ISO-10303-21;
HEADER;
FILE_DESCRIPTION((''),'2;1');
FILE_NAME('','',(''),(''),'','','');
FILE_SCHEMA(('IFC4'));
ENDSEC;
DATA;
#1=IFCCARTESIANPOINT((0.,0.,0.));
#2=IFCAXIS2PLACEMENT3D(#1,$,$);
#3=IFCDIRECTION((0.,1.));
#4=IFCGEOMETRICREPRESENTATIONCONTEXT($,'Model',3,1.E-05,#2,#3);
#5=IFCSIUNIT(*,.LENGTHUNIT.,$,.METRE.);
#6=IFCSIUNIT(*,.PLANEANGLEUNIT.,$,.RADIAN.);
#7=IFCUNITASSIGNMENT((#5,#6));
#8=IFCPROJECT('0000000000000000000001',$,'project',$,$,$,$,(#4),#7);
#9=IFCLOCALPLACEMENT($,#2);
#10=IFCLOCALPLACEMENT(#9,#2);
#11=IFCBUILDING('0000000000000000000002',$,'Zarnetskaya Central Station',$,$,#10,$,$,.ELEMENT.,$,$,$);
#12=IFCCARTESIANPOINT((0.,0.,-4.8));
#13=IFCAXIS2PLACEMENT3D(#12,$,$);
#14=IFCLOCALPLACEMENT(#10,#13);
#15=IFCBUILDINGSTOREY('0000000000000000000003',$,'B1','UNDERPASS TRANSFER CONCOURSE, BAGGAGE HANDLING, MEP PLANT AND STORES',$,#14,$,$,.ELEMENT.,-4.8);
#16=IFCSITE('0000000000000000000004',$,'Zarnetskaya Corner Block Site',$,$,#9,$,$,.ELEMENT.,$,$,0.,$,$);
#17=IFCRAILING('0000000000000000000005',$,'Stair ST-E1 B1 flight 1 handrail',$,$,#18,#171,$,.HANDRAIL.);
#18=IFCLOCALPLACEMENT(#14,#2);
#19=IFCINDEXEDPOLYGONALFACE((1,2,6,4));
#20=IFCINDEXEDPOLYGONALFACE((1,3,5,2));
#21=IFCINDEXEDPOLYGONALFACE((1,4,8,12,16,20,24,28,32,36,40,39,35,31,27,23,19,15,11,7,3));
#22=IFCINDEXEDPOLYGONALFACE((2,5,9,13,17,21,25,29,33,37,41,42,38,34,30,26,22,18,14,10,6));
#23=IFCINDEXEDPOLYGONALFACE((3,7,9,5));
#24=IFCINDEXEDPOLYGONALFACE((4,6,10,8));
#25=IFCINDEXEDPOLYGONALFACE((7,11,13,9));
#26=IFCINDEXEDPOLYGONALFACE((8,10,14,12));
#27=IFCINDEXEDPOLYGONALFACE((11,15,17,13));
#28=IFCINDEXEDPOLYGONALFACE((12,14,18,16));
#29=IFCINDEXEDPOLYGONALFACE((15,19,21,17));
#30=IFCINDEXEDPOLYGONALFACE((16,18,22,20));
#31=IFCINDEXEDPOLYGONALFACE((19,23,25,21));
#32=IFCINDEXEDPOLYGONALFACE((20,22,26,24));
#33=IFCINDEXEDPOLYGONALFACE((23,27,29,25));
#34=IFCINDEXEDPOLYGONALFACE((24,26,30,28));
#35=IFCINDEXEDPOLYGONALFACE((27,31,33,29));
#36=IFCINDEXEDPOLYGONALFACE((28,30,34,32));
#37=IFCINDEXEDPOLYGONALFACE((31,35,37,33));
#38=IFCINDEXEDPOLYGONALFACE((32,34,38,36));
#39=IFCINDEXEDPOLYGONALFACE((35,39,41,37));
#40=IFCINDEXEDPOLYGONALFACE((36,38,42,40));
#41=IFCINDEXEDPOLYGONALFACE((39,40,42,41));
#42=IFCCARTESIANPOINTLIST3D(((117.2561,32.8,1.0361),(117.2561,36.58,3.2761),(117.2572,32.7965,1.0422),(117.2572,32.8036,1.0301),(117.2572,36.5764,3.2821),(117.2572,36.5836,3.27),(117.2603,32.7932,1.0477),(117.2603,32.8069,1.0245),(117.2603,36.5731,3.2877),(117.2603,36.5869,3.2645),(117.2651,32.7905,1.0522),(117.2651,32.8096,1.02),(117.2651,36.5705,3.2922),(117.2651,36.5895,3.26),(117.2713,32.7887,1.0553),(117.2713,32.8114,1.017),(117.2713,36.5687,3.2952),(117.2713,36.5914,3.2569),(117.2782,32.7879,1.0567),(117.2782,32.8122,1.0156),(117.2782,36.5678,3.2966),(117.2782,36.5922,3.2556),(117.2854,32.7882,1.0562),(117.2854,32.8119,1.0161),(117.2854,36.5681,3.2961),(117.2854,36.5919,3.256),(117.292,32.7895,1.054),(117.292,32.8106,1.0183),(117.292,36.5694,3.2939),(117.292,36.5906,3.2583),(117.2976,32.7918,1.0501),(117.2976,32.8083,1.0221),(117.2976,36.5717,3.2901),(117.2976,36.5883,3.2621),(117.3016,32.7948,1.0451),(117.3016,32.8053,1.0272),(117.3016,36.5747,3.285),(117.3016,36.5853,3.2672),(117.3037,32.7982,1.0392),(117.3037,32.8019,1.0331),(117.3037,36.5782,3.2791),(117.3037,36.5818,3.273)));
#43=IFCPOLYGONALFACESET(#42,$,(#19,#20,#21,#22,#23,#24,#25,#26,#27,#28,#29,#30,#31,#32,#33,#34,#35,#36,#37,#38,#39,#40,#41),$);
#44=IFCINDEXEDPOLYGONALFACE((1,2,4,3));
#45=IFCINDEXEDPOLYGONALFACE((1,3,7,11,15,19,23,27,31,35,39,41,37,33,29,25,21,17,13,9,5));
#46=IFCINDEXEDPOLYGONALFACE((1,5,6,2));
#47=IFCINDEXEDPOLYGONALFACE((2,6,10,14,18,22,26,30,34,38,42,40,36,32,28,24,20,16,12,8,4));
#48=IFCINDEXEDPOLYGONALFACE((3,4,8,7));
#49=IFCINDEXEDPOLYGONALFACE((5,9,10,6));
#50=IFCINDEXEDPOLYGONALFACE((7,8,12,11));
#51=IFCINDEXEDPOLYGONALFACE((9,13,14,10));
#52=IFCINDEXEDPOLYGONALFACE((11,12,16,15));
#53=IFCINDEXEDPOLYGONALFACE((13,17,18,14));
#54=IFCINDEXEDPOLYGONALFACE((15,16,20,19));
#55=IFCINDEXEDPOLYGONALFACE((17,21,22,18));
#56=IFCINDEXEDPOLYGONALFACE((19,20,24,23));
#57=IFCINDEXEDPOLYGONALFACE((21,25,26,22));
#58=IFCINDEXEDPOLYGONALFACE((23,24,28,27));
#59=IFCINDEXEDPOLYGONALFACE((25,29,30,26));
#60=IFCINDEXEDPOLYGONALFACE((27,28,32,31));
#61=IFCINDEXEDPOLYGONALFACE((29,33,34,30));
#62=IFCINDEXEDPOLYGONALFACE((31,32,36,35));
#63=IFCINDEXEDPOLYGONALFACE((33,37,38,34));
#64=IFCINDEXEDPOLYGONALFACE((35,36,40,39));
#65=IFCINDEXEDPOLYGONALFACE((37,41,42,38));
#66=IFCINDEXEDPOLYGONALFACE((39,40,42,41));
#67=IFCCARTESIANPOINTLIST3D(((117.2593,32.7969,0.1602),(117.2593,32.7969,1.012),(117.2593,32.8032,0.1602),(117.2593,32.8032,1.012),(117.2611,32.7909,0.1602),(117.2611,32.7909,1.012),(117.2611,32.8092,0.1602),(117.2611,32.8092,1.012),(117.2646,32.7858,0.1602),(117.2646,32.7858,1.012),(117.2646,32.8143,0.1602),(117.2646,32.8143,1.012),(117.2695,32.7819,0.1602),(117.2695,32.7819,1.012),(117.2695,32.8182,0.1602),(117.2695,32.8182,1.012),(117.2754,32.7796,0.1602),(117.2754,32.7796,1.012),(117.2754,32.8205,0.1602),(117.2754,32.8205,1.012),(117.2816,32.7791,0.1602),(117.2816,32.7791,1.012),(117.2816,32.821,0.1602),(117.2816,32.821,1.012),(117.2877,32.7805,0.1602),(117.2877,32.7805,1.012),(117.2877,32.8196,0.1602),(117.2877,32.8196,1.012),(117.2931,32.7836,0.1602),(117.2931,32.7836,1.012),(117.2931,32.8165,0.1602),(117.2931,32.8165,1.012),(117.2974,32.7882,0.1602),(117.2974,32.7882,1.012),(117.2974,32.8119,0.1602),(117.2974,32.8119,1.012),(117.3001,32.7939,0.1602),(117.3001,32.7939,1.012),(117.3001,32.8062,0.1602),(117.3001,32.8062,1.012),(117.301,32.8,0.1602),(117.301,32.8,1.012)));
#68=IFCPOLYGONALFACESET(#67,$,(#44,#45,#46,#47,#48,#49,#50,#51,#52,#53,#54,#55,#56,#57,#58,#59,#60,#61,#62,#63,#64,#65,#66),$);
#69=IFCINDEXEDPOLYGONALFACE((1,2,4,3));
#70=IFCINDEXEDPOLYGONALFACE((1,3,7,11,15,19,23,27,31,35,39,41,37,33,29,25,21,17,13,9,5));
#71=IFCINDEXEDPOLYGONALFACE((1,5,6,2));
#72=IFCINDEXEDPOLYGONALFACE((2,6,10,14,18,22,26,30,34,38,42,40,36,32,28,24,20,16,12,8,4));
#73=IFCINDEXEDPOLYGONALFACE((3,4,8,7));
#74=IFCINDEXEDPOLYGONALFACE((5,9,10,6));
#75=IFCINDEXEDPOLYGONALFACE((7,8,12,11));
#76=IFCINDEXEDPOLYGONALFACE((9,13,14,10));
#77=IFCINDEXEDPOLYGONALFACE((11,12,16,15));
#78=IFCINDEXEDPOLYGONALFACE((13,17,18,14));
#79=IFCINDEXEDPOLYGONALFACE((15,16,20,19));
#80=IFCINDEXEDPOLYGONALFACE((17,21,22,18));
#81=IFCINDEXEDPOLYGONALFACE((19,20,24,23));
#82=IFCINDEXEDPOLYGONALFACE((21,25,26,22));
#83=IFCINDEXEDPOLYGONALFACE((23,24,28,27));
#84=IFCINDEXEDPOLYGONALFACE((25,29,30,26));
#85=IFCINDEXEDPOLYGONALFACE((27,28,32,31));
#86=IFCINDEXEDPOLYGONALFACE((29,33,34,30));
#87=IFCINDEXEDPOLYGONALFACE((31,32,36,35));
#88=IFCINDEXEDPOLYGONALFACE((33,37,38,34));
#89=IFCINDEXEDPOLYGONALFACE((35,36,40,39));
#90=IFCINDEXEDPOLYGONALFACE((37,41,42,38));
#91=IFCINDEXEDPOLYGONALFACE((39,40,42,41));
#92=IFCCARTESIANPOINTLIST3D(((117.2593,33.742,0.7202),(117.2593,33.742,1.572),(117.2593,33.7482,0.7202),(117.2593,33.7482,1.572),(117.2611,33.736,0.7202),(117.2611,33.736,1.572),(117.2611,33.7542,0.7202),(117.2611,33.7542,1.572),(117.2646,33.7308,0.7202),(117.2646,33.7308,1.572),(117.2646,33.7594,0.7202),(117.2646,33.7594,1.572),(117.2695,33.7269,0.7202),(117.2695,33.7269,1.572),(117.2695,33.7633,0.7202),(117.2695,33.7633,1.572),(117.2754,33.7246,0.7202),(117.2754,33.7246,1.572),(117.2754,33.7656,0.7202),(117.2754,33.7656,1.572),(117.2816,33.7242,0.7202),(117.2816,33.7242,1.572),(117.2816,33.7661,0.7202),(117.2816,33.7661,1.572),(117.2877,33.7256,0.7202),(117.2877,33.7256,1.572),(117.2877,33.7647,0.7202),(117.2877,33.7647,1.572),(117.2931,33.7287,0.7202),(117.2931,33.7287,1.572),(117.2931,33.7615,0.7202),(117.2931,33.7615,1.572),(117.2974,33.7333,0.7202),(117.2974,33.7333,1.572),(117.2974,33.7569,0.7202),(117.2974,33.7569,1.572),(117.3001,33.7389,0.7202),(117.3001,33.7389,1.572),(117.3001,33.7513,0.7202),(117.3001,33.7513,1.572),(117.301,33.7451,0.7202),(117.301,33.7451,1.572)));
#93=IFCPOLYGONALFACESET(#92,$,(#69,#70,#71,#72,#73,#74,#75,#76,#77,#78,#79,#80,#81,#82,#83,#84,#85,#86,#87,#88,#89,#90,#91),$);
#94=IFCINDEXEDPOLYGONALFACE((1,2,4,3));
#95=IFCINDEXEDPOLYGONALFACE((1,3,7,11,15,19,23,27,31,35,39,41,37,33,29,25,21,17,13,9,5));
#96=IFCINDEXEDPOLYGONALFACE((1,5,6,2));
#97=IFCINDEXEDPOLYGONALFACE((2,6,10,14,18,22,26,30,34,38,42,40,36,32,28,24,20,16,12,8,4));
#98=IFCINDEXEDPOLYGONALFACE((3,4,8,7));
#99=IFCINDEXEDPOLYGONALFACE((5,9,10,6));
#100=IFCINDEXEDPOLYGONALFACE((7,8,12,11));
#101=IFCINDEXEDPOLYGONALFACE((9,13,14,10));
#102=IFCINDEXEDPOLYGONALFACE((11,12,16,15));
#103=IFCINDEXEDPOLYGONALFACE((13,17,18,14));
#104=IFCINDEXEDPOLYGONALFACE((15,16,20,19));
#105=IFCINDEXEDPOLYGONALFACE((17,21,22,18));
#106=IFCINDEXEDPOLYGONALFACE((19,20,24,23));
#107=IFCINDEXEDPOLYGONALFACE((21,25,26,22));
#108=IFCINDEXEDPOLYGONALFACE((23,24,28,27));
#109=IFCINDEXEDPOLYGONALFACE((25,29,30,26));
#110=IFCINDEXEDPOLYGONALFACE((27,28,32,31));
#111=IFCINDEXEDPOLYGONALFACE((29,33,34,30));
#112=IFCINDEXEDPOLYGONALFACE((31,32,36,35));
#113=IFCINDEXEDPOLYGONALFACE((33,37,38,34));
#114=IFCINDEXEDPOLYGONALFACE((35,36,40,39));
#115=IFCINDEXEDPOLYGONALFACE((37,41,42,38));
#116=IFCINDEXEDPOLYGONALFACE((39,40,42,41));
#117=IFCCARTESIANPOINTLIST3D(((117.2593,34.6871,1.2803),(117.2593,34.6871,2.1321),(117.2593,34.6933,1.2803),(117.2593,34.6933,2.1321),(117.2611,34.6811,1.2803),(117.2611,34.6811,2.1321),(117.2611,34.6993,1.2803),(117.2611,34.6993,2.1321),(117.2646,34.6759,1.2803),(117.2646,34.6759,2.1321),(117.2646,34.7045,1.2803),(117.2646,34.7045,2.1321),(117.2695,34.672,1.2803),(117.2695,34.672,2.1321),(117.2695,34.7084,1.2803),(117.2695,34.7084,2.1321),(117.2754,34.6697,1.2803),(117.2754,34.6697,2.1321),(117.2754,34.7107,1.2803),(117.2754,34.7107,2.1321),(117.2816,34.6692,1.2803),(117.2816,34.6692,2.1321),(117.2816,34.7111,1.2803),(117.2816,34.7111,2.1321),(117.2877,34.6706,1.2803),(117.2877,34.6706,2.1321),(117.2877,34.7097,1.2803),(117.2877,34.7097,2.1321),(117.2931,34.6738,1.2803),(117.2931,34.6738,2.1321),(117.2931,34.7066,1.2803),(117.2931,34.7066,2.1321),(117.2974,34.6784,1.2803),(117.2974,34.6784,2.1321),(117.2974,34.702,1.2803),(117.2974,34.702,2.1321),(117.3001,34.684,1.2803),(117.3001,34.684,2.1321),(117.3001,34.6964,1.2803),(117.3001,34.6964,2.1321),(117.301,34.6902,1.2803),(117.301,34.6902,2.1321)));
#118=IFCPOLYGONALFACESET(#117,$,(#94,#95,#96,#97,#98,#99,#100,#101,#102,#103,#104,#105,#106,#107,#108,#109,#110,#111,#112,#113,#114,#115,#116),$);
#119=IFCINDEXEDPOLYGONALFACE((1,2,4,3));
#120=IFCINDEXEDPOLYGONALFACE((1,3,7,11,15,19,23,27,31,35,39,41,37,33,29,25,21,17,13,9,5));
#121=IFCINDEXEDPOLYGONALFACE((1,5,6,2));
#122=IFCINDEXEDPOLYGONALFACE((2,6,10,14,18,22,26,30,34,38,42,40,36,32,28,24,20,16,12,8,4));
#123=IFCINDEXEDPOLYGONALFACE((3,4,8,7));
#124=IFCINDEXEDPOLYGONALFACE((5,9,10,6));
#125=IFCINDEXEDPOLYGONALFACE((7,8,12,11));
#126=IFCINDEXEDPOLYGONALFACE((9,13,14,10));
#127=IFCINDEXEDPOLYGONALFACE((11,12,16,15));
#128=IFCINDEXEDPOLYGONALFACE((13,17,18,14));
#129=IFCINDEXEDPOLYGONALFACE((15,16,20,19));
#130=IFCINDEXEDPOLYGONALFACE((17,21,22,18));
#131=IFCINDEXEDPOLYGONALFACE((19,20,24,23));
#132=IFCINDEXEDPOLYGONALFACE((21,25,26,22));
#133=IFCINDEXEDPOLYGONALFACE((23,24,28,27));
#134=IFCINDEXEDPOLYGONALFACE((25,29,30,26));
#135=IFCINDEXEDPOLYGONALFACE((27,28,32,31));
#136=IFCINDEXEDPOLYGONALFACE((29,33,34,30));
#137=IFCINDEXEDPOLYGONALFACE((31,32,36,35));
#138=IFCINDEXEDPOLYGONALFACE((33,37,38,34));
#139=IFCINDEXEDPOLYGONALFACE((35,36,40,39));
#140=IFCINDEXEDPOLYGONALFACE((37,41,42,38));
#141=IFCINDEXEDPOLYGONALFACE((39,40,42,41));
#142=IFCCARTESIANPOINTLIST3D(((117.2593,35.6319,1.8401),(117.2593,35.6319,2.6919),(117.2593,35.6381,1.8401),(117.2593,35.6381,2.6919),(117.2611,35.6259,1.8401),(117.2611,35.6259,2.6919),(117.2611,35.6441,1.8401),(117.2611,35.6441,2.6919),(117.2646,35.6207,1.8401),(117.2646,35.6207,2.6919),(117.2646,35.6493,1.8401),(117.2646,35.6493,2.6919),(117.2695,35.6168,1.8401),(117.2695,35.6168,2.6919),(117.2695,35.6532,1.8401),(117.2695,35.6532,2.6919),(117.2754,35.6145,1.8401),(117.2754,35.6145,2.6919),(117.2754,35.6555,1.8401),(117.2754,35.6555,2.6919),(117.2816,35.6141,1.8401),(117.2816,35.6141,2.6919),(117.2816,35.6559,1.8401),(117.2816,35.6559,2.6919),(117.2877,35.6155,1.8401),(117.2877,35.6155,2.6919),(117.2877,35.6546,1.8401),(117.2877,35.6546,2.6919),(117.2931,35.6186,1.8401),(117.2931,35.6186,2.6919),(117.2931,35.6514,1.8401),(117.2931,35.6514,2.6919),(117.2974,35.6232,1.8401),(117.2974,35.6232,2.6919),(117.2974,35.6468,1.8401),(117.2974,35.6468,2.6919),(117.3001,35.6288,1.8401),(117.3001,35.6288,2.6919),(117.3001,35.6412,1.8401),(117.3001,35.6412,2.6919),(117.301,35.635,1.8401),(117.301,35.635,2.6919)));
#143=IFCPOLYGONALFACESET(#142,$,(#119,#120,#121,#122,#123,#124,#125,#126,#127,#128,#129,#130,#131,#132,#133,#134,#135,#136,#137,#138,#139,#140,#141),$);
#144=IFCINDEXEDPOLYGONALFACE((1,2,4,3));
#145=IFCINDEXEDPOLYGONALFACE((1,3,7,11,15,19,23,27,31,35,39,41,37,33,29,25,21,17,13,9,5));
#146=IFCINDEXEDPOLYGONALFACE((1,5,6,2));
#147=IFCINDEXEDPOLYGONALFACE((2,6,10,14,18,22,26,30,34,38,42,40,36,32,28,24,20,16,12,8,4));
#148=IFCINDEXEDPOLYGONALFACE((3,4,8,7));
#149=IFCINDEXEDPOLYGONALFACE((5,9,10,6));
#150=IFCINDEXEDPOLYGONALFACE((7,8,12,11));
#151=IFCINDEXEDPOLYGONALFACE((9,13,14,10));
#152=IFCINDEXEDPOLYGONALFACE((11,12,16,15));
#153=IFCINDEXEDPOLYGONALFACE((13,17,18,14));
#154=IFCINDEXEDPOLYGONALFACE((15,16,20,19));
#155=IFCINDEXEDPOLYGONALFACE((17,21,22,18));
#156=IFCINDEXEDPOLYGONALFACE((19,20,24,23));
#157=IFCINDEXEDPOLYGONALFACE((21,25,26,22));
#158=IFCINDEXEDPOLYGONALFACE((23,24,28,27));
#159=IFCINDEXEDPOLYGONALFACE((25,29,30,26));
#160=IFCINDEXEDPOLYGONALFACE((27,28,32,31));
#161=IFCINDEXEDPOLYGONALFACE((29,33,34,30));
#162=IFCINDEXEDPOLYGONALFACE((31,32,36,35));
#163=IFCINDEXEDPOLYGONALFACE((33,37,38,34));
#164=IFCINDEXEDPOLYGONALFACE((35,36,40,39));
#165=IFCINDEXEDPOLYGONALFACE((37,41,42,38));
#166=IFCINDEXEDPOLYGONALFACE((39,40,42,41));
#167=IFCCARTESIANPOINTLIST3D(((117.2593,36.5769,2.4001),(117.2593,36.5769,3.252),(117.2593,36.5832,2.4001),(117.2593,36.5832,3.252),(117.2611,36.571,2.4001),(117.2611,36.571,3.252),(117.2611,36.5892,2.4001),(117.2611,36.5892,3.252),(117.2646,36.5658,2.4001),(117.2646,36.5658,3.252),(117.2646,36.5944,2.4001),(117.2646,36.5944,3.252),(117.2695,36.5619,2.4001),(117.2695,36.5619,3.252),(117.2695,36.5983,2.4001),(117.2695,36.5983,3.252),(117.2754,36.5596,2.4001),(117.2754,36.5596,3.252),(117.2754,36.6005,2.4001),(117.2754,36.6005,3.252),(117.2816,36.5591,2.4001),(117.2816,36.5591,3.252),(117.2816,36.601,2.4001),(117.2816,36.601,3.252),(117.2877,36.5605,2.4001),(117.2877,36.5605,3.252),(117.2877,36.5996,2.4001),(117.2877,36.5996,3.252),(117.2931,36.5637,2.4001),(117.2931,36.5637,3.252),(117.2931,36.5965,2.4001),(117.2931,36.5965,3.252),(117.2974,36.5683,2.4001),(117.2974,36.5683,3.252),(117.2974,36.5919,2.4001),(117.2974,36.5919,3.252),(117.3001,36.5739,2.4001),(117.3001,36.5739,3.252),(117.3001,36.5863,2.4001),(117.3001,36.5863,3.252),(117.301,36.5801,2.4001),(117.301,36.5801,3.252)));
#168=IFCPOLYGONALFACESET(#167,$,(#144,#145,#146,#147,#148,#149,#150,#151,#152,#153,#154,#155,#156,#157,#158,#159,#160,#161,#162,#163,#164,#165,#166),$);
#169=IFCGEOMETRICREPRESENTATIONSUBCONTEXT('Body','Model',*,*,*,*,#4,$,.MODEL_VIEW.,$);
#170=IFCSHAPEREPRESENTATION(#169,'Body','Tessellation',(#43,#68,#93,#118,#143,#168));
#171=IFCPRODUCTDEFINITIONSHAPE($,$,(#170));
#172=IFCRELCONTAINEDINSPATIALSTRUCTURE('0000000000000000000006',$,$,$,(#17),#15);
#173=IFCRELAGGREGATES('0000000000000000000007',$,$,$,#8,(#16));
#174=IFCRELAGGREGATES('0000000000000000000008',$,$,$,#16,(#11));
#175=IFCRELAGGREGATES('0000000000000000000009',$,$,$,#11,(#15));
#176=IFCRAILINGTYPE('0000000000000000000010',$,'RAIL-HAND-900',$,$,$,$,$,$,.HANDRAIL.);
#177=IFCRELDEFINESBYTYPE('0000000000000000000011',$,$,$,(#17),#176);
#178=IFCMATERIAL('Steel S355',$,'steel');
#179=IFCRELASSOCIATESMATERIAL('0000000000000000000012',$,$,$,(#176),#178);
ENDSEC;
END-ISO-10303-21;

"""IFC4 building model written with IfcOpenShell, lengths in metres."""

from ifc_helpers import new_model, si_unit, direction, frame, origin, origin_2d, place, context, subcontext, project, spatial, circle, extrude, material, type_object, element, save


model = new_model("IFC4")

# Units and contexts
model_context = context("Model", 3, precision=1e-05, world=origin(), true_north=direction((0.0, 1.0)))
body_context = subcontext(model_context, "Body", "Model", "MODEL_VIEW")
ifc_project = project(units=[si_unit("LENGTHUNIT", "METRE"), si_unit("PLANEANGLEUNIT", "RADIAN")], contexts=[model_context])

# Site, building, storey
site_placement = place(None, origin())
site = spatial("IfcSite", under=ifc_project, at=site_placement, Name="Zarnetskaya Corner Block Site", CompositionType="ELEMENT", RefElevation=0.0)
building_placement = place(site_placement, origin())
building = spatial("IfcBuilding", under=site, at=building_placement, Name="Zarnetskaya Central Station", CompositionType="ELEMENT")
storey_placement = place(building_placement, frame((0.0, 0.0, -4.8)))
storey = spatial("IfcBuildingStorey", under=building, at=storey_placement, Name="B1", Description="UNDERPASS TRANSFER CONCOURSE, BAGGAGE HANDLING, MEP PLANT AND STORES", CompositionType="ELEMENT", Elevation=-4.8)

# Railing
ifc_material_1 = material(Name="Steel S355", Category="steel")
railing_type_1 = type_object("IfcRailingType", Name="RAIL-HAND-900", PredefinedType="HANDRAIL", material=ifc_material_1)
railing_1_placement = place(storey_placement, frame((117.28, 32.8, 0.1602)))
element("IfcRailing", 1, at=railing_1_placement, inside=storey, type_object=railing_type_1, Name="Stair ST-E1 B1 flight 1 handrail", PredefinedType="HANDRAIL", context=body_context, shape_type="SweptSolid", body=[
    extrude(circle(Radius=0.0239, at=origin_2d()), frame((0.0, 0.0, 0.876), z_axis=(0.0, 0.860294, 0.509798), x_axis=(-1.0, 0.0, 0.0)), (0.0, 0.0, 1.0), 4.3938),
    extrude(circle(Radius=0.021, at=origin_2d()), origin(), (0.0, 0.0, 1.0), 0.8518),
    extrude(circle(Radius=0.021, at=origin_2d()), frame((0.0, 0.9451, 0.5601)), (0.0, 0.0, 1.0), 0.8518),
    extrude(circle(Radius=0.021, at=origin_2d()), frame((0.0, 1.8901, 1.1201)), (0.0, 0.0, 1.0), 0.8518),
    extrude(circle(Radius=0.021, at=origin_2d()), frame((0.0, 2.835, 1.6799)), (0.0, 0.0, 1.0), 0.8518),
    extrude(circle(Radius=0.021, at=origin_2d()), frame((0.0, 3.78, 2.24)), (0.0, 0.0, 1.0), 0.8518),
])

save(model, "model.ifc")
